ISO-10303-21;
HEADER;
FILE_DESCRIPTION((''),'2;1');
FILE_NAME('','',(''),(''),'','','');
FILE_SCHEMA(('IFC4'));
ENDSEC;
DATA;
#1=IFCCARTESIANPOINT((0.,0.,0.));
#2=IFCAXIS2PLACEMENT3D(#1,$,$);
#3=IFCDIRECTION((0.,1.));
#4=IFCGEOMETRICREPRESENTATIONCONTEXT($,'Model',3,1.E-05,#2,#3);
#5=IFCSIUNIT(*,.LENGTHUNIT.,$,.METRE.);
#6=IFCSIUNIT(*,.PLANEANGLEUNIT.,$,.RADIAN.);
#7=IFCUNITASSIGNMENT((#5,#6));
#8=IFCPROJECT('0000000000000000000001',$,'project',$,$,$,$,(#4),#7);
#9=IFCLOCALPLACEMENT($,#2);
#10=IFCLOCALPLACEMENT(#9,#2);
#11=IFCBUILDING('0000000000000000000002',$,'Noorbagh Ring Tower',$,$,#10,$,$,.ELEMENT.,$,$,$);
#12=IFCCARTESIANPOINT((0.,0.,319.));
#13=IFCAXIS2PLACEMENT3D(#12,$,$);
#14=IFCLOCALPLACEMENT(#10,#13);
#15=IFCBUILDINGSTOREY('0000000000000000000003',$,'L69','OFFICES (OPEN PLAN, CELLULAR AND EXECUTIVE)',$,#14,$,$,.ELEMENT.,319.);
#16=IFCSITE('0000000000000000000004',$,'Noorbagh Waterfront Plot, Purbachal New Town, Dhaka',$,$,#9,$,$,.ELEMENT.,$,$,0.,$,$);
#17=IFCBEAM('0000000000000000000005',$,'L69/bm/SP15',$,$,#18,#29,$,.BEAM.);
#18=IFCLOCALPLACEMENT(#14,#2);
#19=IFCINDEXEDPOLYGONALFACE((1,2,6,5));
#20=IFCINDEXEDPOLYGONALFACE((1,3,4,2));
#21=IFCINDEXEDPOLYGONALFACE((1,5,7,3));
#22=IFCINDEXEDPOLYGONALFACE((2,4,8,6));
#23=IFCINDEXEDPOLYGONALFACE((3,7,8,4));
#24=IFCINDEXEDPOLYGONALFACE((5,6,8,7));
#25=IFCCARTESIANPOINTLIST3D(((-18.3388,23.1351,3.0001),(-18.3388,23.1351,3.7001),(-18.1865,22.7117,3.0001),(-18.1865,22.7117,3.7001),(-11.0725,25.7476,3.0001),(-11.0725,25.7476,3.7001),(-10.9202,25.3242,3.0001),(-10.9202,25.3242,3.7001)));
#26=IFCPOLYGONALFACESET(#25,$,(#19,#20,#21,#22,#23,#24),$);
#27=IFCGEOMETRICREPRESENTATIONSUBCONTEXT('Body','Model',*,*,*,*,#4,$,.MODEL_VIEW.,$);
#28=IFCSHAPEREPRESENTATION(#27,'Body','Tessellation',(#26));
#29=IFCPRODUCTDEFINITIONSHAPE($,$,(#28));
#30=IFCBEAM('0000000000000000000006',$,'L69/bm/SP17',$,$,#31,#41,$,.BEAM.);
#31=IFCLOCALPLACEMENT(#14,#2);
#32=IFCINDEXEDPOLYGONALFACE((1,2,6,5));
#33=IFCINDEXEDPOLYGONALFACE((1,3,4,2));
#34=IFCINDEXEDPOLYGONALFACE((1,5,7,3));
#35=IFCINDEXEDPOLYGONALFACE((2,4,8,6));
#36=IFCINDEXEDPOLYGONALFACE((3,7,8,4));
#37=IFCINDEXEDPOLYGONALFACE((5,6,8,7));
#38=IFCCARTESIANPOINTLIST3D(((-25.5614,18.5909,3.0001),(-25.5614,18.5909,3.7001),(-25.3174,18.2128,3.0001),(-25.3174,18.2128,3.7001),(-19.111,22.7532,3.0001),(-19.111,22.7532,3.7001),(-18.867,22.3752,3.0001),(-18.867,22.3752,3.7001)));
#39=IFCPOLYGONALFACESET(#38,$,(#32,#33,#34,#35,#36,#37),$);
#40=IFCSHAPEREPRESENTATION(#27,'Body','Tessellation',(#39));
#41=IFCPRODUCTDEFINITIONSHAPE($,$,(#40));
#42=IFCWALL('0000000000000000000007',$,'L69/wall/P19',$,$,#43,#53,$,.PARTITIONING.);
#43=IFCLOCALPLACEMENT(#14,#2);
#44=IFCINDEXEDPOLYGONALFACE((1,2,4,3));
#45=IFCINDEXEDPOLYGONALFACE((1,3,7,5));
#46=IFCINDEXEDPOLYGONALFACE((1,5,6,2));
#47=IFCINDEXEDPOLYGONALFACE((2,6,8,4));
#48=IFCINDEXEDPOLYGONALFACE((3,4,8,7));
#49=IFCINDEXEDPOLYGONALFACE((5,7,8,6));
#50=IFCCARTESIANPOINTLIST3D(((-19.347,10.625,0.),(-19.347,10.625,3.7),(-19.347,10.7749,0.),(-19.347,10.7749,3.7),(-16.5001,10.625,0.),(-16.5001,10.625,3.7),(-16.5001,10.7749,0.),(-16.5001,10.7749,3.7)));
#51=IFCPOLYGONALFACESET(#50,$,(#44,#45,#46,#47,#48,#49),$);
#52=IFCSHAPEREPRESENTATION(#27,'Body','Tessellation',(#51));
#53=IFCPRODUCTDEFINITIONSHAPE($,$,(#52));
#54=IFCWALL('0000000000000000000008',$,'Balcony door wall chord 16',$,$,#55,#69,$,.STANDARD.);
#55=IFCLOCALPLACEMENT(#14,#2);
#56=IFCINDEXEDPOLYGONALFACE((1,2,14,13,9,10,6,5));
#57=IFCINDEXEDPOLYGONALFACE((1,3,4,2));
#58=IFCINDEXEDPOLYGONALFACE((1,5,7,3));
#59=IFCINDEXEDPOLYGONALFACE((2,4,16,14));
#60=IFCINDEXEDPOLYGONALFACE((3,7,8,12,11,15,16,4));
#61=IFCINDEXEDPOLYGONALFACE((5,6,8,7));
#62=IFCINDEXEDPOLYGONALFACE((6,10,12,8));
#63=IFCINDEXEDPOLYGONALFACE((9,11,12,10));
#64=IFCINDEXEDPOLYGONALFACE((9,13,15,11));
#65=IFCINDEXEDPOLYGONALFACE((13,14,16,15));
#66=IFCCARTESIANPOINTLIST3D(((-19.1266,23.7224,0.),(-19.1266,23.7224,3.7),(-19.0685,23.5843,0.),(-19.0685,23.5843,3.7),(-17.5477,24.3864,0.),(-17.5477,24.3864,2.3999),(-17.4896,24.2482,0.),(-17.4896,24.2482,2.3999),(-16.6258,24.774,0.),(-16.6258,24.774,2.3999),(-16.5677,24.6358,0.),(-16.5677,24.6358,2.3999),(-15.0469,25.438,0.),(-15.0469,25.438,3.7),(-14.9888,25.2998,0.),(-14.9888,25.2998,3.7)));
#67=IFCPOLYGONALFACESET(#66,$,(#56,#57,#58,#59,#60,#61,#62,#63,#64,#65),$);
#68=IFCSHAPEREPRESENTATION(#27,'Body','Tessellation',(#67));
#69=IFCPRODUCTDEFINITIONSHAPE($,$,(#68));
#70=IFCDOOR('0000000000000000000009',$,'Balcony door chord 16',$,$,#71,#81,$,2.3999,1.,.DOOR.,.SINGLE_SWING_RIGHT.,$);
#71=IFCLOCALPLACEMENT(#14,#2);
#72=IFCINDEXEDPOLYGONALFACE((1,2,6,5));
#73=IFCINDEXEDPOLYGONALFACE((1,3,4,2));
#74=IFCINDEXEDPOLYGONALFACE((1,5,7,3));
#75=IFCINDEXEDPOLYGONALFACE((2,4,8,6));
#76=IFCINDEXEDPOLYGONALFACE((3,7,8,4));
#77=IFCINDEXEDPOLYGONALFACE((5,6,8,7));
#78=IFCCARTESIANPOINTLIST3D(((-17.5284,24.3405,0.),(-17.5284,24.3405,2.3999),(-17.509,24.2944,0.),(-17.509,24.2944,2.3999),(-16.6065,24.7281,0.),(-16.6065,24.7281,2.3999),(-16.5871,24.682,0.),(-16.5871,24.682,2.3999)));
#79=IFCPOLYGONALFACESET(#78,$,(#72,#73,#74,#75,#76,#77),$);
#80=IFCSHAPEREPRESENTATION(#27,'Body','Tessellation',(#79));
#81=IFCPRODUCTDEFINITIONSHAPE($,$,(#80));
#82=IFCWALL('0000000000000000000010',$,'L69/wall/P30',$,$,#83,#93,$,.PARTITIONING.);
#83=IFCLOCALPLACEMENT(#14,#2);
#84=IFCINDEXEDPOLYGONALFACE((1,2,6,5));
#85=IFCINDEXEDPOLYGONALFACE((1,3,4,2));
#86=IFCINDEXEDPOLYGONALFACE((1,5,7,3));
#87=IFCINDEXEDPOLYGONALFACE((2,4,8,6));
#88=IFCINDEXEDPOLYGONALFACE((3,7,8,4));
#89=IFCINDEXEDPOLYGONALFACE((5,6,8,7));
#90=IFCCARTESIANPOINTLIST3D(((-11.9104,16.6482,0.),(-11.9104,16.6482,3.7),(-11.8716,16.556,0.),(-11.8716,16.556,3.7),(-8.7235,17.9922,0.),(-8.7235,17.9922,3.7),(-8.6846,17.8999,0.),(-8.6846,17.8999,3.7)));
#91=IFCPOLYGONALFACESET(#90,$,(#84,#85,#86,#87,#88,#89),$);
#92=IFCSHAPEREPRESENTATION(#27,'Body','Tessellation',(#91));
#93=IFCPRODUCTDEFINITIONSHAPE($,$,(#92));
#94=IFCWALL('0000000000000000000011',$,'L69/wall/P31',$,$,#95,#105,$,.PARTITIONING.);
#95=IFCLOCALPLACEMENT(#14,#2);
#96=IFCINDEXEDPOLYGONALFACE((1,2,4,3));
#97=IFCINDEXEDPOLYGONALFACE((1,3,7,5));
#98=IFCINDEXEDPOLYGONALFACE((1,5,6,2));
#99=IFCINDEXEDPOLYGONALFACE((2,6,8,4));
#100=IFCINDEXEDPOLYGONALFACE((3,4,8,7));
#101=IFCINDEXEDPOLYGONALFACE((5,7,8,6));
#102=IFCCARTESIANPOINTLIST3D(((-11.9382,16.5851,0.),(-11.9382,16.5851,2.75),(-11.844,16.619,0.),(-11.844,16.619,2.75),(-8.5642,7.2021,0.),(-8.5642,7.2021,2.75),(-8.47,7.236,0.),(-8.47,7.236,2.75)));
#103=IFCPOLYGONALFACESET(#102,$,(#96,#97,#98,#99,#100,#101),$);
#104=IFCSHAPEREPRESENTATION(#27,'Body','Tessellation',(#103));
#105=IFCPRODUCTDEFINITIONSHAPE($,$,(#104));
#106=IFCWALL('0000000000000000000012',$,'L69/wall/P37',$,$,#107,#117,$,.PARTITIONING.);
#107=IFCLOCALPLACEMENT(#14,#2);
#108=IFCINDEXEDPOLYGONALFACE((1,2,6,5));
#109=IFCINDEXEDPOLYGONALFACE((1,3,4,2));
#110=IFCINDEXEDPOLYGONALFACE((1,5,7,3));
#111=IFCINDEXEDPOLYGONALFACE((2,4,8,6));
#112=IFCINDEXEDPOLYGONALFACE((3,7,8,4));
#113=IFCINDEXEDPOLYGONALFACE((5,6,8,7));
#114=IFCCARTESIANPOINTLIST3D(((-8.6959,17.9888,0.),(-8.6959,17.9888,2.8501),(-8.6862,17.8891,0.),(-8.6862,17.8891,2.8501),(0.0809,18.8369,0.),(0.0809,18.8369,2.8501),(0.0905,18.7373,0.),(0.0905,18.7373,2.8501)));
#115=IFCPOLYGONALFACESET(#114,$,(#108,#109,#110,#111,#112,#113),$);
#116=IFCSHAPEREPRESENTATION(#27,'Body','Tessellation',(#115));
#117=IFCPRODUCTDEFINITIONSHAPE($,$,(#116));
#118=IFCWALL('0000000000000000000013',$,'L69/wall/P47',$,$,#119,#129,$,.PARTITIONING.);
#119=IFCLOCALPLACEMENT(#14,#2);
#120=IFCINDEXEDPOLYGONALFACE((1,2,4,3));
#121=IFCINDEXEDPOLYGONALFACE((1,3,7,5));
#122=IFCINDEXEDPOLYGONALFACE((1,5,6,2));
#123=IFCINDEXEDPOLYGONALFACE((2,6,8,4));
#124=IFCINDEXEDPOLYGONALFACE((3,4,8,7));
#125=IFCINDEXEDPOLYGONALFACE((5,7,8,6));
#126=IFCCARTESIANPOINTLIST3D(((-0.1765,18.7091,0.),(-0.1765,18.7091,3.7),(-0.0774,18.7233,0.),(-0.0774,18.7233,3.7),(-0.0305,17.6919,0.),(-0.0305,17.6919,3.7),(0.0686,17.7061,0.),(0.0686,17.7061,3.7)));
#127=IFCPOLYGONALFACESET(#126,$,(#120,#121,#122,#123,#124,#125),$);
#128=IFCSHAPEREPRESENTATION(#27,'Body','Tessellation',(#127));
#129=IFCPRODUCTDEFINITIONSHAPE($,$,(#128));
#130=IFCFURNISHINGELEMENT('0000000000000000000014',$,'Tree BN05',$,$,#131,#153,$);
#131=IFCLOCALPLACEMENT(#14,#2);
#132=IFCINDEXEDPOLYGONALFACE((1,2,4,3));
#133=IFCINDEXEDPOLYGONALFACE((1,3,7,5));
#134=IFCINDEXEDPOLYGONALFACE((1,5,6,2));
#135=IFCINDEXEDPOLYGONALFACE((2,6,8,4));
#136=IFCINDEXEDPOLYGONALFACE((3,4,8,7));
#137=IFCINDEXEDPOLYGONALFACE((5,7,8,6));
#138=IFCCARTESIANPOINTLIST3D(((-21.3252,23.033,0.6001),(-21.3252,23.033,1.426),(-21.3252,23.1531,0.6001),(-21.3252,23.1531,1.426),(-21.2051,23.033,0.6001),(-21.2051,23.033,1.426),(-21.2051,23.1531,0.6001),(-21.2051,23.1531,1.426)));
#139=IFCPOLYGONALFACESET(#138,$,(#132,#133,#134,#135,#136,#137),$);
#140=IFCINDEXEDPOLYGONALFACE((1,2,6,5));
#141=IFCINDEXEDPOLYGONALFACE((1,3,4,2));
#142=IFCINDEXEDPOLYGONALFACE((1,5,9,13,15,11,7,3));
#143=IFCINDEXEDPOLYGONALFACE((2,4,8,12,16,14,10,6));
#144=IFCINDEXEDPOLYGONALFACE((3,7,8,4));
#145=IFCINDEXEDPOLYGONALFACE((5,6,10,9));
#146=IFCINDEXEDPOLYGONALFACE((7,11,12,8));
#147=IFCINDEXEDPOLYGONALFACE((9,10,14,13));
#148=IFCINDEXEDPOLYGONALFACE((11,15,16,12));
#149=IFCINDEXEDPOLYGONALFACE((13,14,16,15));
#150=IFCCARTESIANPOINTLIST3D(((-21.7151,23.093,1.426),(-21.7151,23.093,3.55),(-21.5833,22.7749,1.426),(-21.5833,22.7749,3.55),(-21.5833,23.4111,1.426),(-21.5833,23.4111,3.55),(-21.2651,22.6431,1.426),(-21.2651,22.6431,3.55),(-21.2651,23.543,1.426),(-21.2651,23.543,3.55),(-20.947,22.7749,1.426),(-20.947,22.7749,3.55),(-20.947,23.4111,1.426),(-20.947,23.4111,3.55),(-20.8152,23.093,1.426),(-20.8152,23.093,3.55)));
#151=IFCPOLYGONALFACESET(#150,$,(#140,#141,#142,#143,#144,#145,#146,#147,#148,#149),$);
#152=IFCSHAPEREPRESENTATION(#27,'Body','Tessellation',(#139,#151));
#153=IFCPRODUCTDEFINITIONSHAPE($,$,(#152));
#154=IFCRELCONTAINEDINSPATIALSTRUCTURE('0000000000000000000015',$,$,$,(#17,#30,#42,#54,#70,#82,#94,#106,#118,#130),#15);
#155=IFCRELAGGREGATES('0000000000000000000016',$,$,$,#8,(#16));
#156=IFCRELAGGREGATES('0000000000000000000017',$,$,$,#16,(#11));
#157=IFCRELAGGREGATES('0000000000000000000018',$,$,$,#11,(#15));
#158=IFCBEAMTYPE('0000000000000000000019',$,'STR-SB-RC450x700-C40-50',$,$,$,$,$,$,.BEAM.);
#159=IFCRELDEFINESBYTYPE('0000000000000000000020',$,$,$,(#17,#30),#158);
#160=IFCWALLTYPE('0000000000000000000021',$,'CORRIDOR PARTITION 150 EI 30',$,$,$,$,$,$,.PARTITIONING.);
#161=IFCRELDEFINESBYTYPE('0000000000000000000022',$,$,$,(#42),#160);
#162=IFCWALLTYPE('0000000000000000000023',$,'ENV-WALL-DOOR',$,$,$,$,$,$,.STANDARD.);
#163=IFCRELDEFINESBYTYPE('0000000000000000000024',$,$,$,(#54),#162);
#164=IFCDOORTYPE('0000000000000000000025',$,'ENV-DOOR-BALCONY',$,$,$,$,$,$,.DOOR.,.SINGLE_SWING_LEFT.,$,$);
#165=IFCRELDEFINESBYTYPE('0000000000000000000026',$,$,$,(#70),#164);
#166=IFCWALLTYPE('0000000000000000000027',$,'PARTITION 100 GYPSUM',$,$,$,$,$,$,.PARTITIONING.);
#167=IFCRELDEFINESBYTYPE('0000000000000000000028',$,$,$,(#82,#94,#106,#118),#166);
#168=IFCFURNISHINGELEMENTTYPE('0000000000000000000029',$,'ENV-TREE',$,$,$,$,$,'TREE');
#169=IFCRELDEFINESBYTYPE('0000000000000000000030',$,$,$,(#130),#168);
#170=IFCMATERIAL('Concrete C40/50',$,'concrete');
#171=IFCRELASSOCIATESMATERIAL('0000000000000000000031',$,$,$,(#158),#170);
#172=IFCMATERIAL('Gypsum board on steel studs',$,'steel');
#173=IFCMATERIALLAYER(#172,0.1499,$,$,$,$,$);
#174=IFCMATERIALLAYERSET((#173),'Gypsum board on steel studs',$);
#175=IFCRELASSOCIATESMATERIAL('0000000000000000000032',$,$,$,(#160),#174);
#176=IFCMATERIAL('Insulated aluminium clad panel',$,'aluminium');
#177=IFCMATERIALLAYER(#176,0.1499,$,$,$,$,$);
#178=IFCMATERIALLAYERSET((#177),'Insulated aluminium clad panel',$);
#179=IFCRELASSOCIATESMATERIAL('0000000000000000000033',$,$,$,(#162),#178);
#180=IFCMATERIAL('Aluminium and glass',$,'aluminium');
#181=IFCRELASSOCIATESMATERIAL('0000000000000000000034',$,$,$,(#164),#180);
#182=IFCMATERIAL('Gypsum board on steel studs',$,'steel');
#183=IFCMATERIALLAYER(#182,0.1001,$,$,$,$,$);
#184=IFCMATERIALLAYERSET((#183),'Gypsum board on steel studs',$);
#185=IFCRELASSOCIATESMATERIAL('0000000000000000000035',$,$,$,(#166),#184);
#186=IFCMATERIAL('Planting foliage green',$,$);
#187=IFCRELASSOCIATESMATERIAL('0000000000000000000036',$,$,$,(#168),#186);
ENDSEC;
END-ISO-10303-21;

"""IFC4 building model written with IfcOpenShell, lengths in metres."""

from ifc_helpers import new_model, si_unit, direction, frame, frame_2d, origin, origin_2d, place, context, subcontext, project, spatial, polyline, rectangle, outline, extrude, material, layer, layer_set, material_profile, profile_set, type_object, element, fill, save


model = new_model("IFC4")

# Units and contexts
model_context = context("Model", 3, precision=1e-05, world=origin(), true_north=direction((0.0, 1.0)))
body_context = subcontext(model_context, "Body", "Model", "MODEL_VIEW")
ifc_project = project(units=[si_unit("LENGTHUNIT", "METRE"), si_unit("PLANEANGLEUNIT", "RADIAN")], contexts=[model_context])

# Site, building, storey
site_placement = place(None, origin())
site = spatial("IfcSite", under=ifc_project, at=site_placement, Name="Noorbagh Waterfront Plot, Purbachal New Town, Dhaka", CompositionType="ELEMENT", RefElevation=0.0)
building_placement = place(site_placement, origin())
building = spatial("IfcBuilding", under=site, at=building_placement, Name="Noorbagh Ring Tower", CompositionType="ELEMENT")
storey_placement = place(building_placement, frame((0.0, 0.0, 319.0)))
storey = spatial("IfcBuildingStorey", under=building, at=storey_placement, Name="L69", Description="OFFICES (OPEN PLAN, CELLULAR AND EXECUTIVE)", CompositionType="ELEMENT", Elevation=319.0)

# Beams
ifc_material_1 = material(Name="Concrete C40/50", Category="concrete")
ifc_material_profile_1 = material_profile(ifc_material_1, rectangle(XDim=0.45, YDim=0.7, at=origin_2d()), Name="RC450x700")
ifc_profile_set_1 = profile_set([ifc_material_profile_1], Name="Concrete C40/50")
beam_type_1 = type_object("IfcBeamType", Name="STR-SB-RC450x700-C40-50", PredefinedType="BEAM", material=ifc_profile_set_1)
beam_1_placement = place(storey_placement, frame((-10.9963, 25.5359, 3.3501), z_axis=(-0.941025, -0.338337, 0.0), x_axis=(0.338337, -0.941025, 0.0)))
element("IfcBeam", 1, at=beam_1_placement, inside=storey, type_object=beam_type_1, Name="L69/bm/SP15", PredefinedType="BEAM", context=body_context, shape_type="SweptSolid", body=[
    extrude(rectangle(XDim=0.45, YDim=0.7, at=origin_2d()), origin(), (0.0, 0.0, 1.0), 7.7217),
])
beam_2_placement = place(storey_placement, frame((-18.989, 22.5642, 3.3501), z_axis=(-0.84025, -0.542199, 0.0), x_axis=(0.542199, -0.84025, 0.0)))
element("IfcBeam", 2, at=beam_2_placement, inside=storey, type_object=beam_type_1, Name="L69/bm/SP17", PredefinedType="BEAM", context=body_context, shape_type="SweptSolid", body=[
    extrude(rectangle(XDim=0.45, YDim=0.7, at=origin_2d()), origin(), (0.0, 0.0, 1.0), 7.6768),
])

# Wall
ifc_material_2 = material(Name="Gypsum board on steel studs", Category="steel")
ifc_layer_1 = layer(ifc_material_2, 0.1499)
ifc_layer_set_1 = layer_set([ifc_layer_1], Name="Gypsum board on steel studs")
wall_type_1 = type_object("IfcWallType", Name="CORRIDOR PARTITION 150 EI 30", PredefinedType="PARTITIONING", material=ifc_layer_set_1)
wall_1_placement = place(storey_placement, frame((-19.3469, 10.7, 0.0), z_axis=(0.0, 0.0, 1.0), x_axis=(1.0, 0.0, 0.0)))
element("IfcWall", 3, at=wall_1_placement, inside=storey, type_object=wall_type_1, Name="L69/wall/P19", PredefinedType="PARTITIONING", context=body_context, shape_type="SweptSolid", body=[
    extrude(rectangle(XDim=2.8469, YDim=0.1499, at=frame_2d((1.4233, 0.0))), origin(), (0.0, 0.0, 1.0), 3.7),
])

# Wall, opening, door
ifc_material_3 = material(Name="Insulated aluminium clad panel", Category="aluminium")
ifc_layer_2 = layer(ifc_material_3, 0.1499)
ifc_layer_set_2 = layer_set([ifc_layer_2], Name="Insulated aluminium clad panel")
wall_type_2 = type_object("IfcWallType", Name="ENV-WALL-DOOR", PredefinedType="STANDARD", material=ifc_layer_set_2)
wall_2_placement = place(storey_placement, frame((-15.0178, 25.3689, 0.0), z_axis=(0.0, 0.0, 1.0), x_axis=(-0.921817, -0.387625, 0.0)))
wall_2 = element("IfcWall", 4, at=wall_2_placement, inside=storey, type_object=wall_type_2, Name="Balcony door wall chord 16", PredefinedType="STANDARD", context=body_context, shape_type="SweptSolid", body=[
    extrude(rectangle(XDim=4.4258, YDim=0.1499, at=frame_2d((2.2129, 0.0))), origin(), (0.0, 0.0, 1.0), 3.7),
])
opening_placement = place(wall_2_placement, frame((1.7129, 0.0, 0.0)))
opening = element("IfcOpeningElement", 5, at=opening_placement, cuts=wall_2, PredefinedType="OPENING", context=body_context, shape_type="SweptSolid", body=[
    extrude(rectangle(XDim=1.0, YDim=2.3999, at=frame_2d((0.5, 1.2))), frame((0.0, 0.085, 0.0), z_axis=(0.0, -1.0, 0.0), x_axis=(1.0, 0.0, 0.0)), (0.0, 0.0, 1.0), 0.1699),
])
ifc_material_4 = material(Name="Aluminium and glass", Category="aluminium")
door_type = type_object("IfcDoorType", Name="ENV-DOOR-BALCONY", OperationType="SINGLE_SWING_LEFT", PredefinedType="DOOR", material=ifc_material_4)
door_placement = place(opening_placement, origin())
door = element("IfcDoor", 6, at=door_placement, inside=storey, type_object=door_type, Name="Balcony door chord 16", OperationType="SINGLE_SWING_RIGHT", OverallHeight=2.3999, OverallWidth=1.0, PredefinedType="DOOR", context=body_context, shape_type="SweptSolid", body=[
    extrude(rectangle(XDim=1.0, YDim=2.3999, at=frame_2d((0.5, 1.2))), frame((0.0, 0.0249, 0.0), z_axis=(0.0, -1.0, 0.0), x_axis=(1.0, 0.0, 0.0)), (0.0, 0.0, 1.0), 0.05),
])
fill(opening, door)

# Walls
ifc_material_5 = material(Name="Gypsum board on steel studs", Category="steel")
ifc_layer_3 = layer(ifc_material_5, 0.1001)
ifc_layer_set_3 = layer_set([ifc_layer_3], Name="Gypsum board on steel studs")
wall_type_3 = type_object("IfcWallType", Name="PARTITION 100 GYPSUM", PredefinedType="PARTITIONING", material=ifc_layer_set_3)
wall_3_placement = place(storey_placement, frame((-11.8911, 16.6021, 0.0), z_axis=(0.0, 0.0, 1.0), x_axis=(0.921419, 0.388571, 0.0)))
element("IfcWall", 7, at=wall_3_placement, inside=storey, type_object=wall_type_3, Name="L69/wall/P30", PredefinedType="PARTITIONING", context=body_context, shape_type="SweptSolid", body=[
    extrude(rectangle(XDim=3.4587, YDim=0.1001, at=frame_2d((1.7295, 0.0))), origin(), (0.0, 0.0, 1.0), 3.7),
])
wall_4_placement = place(storey_placement, frame((-11.8911, 16.6021, 0.0), z_axis=(0.0, 0.0, 1.0), x_axis=(0.338375, -0.941011, 0.0)))
element("IfcWall", 8, at=wall_4_placement, inside=storey, type_object=wall_type_3, Name="L69/wall/P31", PredefinedType="PARTITIONING", context=body_context, shape_type="SweptSolid", body=[
    extrude(rectangle(XDim=9.9712, YDim=0.1001, at=frame_2d((4.9856, 0.0))), origin(), (0.0, 0.0, 1.0), 2.75),
])
wall_5_placement = place(storey_placement, frame((-8.6909, 17.939, 0.0), z_axis=(0.0, 0.0, 1.0), x_axis=(0.995363, 0.096186, 0.0)))
element("IfcWall", 9, at=wall_5_placement, inside=storey, type_object=wall_type_3, Name="L69/wall/P37", PredefinedType="PARTITIONING", context=body_context, shape_type="SweptSolid", body=[
    extrude(rectangle(XDim=8.8176, YDim=0.1001, at=frame_2d((4.4087, 0.0))), origin(), (0.0, 0.0, 1.0), 2.8501),
])
wall_6_placement = place(storey_placement, frame((-0.127, 18.7161, 0.0), z_axis=(0.0, 0.0, 1.0), x_axis=(0.142087, -0.989854, 0.0)))
element("IfcWall", 10, at=wall_6_placement, inside=storey, type_object=wall_type_3, Name="L69/wall/P47", PredefinedType="PARTITIONING", context=body_context, shape_type="SweptSolid", body=[
    extrude(rectangle(XDim=1.0276, YDim=0.1001, at=frame_2d((0.5137, 0.0))), origin(), (0.0, 0.0, 1.0), 3.7),
])

# Furnishing element
ifc_material_6 = material(Name="Planting foliage green")
furnishing_element_type = type_object("IfcFurnishingElementType", Name="ENV-TREE", ElementType="TREE", material=ifc_material_6)
furnishing_placement = place(storey_placement, frame((-21.2651, 23.093, 0.6001), z_axis=(0.0, 0.0, 1.0), x_axis=(1.0, 0.0, 0.0)))
element("IfcFurnishingElement", 11, at=furnishing_placement, inside=storey, type_object=furnishing_element_type, Name="Tree BN05", context=body_context, shape_type="SweptSolid", body=[
    extrude(rectangle(XDim=0.1201, YDim=0.1201, at=origin_2d()), origin(), (0.0, 0.0, 1.0), 0.8259),
    extrude(outline(polyline([(0.45, 0.0), (0.3181, 0.3181), (0.0, 0.45), (-0.3181, 0.3181), (-0.45, 0.0), (-0.3181, -0.3181), (0.0, -0.45), (0.3181, -0.3181), (0.45, 0.0)])), frame((0.0, 0.0, 0.8259)), (0.0, 0.0, 1.0), 2.124),
])

save(model, "model.ifc")
